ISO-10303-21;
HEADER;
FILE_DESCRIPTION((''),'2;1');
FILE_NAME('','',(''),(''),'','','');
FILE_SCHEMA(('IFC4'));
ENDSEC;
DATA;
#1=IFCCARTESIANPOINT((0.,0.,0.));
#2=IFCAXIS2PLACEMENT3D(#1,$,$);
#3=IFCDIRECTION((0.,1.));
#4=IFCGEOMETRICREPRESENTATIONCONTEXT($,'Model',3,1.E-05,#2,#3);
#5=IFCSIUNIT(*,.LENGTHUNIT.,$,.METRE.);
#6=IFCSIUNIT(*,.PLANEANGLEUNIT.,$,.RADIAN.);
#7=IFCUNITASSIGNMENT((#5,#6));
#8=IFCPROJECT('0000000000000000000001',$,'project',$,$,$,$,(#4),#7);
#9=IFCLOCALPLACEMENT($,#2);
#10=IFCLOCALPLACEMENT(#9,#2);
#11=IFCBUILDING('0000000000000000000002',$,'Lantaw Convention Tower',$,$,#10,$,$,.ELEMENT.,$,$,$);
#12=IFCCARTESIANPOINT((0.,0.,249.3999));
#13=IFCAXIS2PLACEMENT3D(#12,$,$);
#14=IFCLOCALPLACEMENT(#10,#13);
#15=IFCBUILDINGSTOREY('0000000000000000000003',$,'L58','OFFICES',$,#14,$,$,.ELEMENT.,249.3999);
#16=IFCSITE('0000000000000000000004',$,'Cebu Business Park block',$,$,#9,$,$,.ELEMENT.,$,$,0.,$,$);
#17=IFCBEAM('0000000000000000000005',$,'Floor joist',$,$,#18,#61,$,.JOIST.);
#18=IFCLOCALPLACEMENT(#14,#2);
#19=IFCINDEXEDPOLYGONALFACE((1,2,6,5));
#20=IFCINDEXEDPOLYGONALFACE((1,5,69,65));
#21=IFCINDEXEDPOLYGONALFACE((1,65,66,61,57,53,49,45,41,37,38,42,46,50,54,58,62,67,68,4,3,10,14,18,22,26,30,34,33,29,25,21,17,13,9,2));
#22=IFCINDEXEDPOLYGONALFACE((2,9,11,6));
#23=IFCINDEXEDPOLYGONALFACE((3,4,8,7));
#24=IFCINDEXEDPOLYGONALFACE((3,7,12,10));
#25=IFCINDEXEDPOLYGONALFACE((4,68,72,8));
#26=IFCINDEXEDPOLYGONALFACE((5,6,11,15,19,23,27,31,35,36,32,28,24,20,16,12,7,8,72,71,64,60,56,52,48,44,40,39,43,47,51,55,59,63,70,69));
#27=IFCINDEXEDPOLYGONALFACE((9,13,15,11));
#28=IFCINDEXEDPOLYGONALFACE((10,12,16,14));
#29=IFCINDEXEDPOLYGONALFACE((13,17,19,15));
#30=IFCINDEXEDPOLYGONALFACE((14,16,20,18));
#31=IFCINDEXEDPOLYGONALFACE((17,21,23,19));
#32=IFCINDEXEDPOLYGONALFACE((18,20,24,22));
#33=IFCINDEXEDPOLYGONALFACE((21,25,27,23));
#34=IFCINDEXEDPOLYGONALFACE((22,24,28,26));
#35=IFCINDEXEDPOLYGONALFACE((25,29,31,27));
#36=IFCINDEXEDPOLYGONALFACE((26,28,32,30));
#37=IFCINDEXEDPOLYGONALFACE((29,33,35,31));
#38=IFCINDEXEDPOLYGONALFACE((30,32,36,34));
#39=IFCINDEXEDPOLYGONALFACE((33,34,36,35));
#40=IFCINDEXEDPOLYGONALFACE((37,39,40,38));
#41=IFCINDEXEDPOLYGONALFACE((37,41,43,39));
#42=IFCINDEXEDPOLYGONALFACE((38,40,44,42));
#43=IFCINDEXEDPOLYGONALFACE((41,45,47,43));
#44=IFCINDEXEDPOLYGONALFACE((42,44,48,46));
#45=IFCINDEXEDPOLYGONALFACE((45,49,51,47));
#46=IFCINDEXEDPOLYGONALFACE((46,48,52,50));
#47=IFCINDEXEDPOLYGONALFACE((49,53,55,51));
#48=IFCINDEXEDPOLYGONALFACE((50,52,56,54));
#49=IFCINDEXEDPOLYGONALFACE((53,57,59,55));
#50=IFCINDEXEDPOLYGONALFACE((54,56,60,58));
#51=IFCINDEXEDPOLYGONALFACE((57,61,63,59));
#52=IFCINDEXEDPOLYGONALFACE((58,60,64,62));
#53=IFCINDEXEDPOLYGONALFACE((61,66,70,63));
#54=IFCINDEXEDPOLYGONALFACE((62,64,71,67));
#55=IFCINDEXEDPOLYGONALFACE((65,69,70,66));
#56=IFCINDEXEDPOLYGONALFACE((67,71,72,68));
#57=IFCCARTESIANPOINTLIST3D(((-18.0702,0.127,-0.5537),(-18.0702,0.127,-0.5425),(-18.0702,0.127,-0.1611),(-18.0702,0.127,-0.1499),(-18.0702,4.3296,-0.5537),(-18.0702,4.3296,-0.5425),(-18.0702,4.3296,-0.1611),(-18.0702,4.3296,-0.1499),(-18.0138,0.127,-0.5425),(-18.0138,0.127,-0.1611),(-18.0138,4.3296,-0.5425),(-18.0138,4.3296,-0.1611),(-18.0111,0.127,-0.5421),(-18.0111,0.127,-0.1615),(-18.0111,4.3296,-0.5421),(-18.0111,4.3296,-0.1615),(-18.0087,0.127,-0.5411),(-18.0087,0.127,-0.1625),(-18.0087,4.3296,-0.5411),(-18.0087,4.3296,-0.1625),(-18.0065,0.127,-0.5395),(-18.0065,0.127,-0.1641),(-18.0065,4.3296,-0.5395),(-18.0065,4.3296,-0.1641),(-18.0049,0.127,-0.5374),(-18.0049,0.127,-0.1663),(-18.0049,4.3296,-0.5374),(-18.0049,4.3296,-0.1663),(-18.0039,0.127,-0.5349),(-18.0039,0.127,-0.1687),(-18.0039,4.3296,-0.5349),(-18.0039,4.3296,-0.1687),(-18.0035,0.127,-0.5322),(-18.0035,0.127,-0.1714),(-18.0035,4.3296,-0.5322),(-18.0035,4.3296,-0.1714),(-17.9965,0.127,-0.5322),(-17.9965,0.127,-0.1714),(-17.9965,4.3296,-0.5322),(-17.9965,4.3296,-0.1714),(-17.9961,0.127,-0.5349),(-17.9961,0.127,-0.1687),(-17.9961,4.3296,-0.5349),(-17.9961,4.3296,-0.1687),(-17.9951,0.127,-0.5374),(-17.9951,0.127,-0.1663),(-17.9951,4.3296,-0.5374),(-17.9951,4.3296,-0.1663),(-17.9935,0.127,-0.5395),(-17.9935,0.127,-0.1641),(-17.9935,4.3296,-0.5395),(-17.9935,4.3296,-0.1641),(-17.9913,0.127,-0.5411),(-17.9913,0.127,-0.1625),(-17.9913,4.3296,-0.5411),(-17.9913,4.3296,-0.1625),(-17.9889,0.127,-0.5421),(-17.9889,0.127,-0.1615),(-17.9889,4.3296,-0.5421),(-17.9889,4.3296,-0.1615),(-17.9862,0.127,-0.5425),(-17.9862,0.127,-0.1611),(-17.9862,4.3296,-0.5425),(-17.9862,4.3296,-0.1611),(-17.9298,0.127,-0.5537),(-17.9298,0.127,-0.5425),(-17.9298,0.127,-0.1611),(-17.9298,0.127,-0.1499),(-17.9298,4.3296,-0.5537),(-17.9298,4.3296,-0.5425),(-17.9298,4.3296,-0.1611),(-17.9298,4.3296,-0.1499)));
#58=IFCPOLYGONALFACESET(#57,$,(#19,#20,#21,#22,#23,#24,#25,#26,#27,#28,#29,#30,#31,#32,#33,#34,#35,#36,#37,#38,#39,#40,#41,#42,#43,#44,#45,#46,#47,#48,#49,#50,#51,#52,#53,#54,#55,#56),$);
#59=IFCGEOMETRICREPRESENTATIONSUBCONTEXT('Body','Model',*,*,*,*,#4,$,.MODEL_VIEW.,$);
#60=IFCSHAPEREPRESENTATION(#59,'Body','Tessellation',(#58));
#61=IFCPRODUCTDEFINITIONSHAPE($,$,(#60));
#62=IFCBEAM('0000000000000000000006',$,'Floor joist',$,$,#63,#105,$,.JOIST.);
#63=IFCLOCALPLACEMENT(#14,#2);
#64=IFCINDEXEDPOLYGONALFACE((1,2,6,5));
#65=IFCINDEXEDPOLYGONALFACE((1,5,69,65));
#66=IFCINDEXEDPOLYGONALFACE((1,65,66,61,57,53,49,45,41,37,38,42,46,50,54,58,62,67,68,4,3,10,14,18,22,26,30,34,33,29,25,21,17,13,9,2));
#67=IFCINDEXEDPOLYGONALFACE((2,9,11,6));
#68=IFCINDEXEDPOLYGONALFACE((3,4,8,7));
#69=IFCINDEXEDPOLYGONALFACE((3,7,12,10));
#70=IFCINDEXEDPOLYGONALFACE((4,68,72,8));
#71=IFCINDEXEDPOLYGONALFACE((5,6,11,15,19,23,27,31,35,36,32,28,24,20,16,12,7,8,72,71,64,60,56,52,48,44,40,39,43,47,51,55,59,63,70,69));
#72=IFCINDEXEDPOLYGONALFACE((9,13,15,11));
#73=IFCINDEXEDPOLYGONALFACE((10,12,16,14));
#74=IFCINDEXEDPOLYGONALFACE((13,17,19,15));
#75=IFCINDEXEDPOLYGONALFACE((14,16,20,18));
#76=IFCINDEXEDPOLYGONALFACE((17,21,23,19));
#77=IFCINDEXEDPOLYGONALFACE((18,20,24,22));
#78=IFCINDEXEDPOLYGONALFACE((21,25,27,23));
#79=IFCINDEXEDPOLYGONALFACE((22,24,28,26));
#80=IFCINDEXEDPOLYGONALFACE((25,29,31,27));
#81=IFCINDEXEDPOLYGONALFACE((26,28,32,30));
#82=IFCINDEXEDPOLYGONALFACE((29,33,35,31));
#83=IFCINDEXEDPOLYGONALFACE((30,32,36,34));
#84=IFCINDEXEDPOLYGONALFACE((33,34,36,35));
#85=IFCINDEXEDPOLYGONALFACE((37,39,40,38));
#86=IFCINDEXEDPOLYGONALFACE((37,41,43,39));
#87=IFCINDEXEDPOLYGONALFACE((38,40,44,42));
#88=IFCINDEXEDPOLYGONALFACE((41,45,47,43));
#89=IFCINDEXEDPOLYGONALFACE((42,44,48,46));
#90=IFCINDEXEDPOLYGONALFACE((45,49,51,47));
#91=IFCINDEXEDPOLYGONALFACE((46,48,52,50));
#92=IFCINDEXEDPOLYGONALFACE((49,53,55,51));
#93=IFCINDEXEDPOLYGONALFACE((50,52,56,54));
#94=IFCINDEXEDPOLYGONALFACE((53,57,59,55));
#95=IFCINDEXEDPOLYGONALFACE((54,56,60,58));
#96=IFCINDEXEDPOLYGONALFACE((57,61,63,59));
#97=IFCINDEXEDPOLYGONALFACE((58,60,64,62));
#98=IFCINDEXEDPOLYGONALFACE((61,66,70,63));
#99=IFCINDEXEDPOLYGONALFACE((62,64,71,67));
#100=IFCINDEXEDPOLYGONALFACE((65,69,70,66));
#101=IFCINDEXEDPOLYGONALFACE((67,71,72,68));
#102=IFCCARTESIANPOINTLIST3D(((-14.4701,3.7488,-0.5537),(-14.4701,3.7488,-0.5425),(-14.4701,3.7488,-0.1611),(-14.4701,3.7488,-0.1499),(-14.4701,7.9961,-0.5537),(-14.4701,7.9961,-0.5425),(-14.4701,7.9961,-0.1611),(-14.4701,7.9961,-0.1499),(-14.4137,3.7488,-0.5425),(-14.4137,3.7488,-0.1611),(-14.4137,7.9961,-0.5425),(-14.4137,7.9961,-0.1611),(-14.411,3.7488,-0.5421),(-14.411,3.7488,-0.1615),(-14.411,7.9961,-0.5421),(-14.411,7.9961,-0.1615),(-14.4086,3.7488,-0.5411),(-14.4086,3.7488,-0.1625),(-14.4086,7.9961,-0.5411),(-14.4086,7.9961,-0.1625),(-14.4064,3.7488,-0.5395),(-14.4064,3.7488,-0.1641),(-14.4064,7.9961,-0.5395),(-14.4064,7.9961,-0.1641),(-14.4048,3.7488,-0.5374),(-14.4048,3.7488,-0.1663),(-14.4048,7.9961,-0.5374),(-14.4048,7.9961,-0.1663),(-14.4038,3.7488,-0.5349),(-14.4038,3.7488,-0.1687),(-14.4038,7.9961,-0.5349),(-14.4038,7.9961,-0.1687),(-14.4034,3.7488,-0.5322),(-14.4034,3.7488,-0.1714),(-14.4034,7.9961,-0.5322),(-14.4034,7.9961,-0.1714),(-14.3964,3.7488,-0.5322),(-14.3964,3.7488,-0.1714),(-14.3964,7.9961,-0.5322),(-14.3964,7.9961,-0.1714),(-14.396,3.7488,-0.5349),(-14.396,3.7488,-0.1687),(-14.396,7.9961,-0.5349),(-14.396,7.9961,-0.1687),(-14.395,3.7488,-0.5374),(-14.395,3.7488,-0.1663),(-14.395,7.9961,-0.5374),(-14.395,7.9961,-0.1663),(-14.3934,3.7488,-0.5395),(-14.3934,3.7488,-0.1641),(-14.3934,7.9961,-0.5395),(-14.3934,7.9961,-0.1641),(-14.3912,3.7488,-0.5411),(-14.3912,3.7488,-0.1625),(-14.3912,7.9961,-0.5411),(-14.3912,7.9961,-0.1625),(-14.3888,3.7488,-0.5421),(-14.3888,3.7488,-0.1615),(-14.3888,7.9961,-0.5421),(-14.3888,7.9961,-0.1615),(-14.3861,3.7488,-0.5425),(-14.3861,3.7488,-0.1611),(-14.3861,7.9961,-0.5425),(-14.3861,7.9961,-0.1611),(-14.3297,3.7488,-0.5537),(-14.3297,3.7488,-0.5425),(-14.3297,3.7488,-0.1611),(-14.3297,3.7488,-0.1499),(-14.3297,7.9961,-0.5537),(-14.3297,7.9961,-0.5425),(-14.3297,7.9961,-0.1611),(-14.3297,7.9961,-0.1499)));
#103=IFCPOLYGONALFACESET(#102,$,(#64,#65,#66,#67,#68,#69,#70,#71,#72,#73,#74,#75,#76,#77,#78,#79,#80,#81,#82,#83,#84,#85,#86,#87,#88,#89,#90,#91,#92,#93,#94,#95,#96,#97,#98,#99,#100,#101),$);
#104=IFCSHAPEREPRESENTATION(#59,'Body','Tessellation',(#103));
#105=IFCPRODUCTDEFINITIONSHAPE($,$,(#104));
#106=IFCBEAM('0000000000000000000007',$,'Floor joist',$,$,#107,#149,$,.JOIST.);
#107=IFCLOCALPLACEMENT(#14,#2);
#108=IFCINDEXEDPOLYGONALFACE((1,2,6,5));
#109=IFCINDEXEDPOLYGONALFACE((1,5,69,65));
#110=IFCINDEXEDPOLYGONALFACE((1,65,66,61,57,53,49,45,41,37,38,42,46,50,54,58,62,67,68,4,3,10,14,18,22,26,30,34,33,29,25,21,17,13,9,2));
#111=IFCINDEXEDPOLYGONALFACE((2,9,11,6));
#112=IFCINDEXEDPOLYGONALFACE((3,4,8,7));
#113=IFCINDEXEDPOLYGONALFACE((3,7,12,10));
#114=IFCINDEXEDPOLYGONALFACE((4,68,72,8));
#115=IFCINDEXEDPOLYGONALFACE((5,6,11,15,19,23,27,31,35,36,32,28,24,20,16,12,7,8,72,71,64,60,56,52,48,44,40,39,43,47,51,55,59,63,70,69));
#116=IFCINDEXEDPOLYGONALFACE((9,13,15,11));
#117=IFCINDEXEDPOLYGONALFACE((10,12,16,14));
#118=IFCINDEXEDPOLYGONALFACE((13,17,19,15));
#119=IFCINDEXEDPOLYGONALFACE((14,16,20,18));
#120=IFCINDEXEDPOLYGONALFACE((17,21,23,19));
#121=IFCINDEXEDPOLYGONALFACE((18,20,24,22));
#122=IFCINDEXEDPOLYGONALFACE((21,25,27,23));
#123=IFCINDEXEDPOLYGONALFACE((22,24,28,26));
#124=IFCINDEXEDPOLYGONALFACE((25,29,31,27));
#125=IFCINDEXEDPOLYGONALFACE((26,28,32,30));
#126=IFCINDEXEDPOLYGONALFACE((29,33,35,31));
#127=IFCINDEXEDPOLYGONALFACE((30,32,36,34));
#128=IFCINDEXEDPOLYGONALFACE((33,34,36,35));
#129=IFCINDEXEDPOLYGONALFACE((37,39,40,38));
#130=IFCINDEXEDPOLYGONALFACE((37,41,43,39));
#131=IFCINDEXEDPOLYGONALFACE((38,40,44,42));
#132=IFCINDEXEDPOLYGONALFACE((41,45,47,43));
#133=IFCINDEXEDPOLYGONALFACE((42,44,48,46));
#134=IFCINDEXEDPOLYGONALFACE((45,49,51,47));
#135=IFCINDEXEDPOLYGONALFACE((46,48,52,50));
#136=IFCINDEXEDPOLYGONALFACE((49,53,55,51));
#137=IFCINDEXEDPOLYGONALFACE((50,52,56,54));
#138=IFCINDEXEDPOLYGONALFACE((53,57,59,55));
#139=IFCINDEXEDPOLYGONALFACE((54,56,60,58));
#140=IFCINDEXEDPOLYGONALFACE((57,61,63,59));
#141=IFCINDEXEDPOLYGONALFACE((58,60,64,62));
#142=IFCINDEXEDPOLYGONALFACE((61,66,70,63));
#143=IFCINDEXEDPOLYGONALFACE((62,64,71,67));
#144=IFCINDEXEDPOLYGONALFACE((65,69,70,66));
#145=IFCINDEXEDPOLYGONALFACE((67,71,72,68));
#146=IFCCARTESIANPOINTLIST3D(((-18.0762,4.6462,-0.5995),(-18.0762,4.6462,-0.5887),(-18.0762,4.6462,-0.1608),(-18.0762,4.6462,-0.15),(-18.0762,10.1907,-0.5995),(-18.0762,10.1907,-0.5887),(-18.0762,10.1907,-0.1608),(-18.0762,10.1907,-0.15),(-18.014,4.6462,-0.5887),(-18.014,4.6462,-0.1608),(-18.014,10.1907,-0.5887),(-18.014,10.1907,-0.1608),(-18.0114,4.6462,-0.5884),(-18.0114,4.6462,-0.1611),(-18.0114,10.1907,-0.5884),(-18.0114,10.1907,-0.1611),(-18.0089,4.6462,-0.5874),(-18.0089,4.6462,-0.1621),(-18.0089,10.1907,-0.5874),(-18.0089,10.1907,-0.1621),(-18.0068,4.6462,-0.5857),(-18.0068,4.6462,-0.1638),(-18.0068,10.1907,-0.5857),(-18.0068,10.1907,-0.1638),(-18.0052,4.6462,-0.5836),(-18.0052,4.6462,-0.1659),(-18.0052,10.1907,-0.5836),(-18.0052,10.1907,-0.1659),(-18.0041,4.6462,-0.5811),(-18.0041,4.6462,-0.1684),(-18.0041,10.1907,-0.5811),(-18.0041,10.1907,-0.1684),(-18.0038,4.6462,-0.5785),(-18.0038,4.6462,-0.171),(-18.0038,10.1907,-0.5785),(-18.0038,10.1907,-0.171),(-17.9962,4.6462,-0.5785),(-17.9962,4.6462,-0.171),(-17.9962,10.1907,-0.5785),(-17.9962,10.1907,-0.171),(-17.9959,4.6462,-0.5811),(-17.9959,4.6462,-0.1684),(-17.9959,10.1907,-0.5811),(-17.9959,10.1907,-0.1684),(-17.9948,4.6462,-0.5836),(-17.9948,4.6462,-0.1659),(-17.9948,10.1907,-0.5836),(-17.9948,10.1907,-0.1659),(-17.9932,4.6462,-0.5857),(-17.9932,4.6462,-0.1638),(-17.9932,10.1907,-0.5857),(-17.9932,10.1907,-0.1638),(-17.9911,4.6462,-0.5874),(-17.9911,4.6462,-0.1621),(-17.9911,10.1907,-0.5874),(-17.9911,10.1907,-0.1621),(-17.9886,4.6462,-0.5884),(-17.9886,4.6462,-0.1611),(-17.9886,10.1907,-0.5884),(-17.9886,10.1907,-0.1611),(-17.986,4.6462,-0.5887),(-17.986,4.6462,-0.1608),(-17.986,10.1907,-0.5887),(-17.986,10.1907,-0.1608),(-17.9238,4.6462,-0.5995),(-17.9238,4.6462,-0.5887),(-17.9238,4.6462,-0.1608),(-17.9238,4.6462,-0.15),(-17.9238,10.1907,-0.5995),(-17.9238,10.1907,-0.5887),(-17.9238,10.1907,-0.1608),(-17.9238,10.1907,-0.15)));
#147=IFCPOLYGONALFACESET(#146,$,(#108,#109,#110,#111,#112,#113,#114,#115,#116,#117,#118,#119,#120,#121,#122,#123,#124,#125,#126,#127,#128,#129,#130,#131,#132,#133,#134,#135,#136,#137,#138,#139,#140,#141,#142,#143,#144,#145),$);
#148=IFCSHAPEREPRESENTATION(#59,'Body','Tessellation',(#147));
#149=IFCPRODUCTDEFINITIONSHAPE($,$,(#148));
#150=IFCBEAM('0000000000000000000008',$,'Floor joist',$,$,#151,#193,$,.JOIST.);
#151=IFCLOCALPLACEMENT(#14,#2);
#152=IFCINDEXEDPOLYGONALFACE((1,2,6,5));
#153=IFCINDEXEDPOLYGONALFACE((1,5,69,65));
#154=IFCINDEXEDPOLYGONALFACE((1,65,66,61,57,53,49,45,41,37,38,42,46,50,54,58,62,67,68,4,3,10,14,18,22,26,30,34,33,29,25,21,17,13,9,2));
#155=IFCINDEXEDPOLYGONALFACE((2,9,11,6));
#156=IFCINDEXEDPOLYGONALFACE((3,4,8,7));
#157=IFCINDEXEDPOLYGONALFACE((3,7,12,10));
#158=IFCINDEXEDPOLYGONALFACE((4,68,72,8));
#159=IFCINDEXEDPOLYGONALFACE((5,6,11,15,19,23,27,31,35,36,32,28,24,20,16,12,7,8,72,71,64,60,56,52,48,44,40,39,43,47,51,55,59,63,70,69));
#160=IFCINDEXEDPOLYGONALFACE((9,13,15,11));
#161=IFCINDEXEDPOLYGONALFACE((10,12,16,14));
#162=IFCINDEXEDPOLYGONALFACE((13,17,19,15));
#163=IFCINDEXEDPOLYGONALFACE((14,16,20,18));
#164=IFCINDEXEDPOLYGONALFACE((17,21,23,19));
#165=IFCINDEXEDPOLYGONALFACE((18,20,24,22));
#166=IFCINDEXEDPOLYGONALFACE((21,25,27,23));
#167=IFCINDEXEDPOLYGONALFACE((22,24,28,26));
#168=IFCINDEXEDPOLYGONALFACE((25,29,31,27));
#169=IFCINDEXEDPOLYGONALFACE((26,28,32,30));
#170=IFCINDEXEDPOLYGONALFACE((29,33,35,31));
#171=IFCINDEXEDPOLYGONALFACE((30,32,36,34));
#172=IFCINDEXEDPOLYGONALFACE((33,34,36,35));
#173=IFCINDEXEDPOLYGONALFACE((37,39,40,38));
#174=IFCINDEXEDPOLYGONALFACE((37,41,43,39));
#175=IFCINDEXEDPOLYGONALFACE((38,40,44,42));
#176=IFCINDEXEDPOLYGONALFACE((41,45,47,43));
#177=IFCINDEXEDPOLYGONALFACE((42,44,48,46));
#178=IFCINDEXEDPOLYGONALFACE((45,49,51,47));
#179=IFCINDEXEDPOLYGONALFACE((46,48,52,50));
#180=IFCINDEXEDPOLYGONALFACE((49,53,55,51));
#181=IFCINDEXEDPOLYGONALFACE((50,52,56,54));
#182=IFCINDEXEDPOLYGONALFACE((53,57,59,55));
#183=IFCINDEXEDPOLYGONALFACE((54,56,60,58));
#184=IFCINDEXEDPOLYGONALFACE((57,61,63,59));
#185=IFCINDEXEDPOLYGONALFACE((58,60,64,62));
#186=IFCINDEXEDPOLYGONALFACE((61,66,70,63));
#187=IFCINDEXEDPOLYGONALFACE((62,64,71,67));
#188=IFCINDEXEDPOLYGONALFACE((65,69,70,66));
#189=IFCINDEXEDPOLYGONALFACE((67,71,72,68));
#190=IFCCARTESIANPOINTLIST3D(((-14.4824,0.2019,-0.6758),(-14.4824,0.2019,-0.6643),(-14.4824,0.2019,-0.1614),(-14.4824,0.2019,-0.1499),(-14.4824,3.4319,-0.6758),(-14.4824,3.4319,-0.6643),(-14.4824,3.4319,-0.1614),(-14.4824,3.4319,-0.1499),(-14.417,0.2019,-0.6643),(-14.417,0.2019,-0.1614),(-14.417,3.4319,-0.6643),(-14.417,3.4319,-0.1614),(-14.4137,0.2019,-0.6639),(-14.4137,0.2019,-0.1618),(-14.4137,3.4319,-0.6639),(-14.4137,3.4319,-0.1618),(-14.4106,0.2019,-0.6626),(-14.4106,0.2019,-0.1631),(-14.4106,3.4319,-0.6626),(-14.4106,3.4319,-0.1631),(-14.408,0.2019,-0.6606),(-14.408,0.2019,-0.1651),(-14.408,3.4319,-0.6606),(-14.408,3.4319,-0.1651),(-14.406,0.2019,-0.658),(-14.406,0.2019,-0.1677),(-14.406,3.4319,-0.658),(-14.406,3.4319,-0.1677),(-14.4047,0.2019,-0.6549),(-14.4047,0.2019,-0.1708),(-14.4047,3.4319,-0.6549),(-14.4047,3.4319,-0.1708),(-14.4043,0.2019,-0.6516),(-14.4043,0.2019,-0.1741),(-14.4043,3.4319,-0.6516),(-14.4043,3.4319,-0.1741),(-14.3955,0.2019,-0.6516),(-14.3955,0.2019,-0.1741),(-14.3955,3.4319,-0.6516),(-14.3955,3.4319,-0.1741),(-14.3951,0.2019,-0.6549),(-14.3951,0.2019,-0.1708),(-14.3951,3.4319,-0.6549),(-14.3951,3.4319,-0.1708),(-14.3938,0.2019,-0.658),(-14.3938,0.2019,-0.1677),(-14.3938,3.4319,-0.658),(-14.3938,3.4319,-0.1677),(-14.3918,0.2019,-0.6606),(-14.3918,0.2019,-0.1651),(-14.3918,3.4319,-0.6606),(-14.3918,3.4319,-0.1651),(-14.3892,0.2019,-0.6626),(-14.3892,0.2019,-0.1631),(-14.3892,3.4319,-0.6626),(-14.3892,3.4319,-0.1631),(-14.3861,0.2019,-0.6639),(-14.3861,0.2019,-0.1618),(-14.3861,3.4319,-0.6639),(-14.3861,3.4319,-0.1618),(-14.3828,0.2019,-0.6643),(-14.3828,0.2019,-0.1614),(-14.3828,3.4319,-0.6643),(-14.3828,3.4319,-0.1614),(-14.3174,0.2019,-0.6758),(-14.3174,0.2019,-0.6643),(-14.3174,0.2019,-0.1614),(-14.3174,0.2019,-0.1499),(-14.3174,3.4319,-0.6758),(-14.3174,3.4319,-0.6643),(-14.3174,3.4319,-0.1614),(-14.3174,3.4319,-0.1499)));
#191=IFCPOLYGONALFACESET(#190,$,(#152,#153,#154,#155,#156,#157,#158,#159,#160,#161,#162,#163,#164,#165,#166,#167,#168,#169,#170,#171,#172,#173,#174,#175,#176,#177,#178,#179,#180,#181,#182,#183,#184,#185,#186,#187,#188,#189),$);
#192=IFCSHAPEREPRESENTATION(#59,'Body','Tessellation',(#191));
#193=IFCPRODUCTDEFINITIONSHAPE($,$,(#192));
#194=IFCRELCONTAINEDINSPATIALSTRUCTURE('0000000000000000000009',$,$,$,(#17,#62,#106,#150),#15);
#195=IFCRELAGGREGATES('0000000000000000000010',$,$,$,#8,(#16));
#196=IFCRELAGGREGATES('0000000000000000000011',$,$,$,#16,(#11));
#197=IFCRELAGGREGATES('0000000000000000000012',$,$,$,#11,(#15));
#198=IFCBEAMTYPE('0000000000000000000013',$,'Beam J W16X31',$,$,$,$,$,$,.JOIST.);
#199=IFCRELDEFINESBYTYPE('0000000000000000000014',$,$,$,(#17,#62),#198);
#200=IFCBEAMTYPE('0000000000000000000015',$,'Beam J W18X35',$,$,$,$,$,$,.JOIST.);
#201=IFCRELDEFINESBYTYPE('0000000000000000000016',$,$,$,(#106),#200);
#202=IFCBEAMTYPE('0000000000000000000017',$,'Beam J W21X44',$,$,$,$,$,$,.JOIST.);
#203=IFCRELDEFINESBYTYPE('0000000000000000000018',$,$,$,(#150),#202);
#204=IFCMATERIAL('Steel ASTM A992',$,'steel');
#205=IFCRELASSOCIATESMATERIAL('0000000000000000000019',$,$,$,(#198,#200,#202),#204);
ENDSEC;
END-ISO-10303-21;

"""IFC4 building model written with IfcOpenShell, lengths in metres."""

from ifc_helpers import new_model, si_unit, direction, frame, origin, origin_2d, place, context, subcontext, project, spatial, i_section, extrude, material, material_profile, profile_set, type_object, element, save


model = new_model("IFC4")

# Units and contexts
model_context = context("Model", 3, precision=1e-05, world=origin(), true_north=direction((0.0, 1.0)))
body_context = subcontext(model_context, "Body", "Model", "MODEL_VIEW")
ifc_project = project(units=[si_unit("LENGTHUNIT", "METRE"), si_unit("PLANEANGLEUNIT", "RADIAN")], contexts=[model_context])

# Site, building, storey
site_placement = place(None, origin())
site = spatial("IfcSite", under=ifc_project, at=site_placement, Name="Cebu Business Park block", CompositionType="ELEMENT", RefElevation=0.0)
building_placement = place(site_placement, origin())
building = spatial("IfcBuilding", under=site, at=building_placement, Name="Lantaw Convention Tower", CompositionType="ELEMENT")
storey_placement = place(building_placement, frame((0.0, 0.0, 249.3999)))
storey = spatial("IfcBuildingStorey", under=building, at=storey_placement, Name="L58", Description="OFFICES", CompositionType="ELEMENT", Elevation=249.3999)

# Beams
ifc_material_1 = material(Name="Steel ASTM A992", Category="steel")
ifc_material_profile_1 = material_profile(ifc_material_1, i_section(OverallWidth=0.1404, OverallDepth=0.4038, WebThickness=0.0071, FlangeThickness=0.0112, FilletRadius=0.0103, at=origin_2d()), Name="W16X31")
ifc_profile_set_1 = profile_set([ifc_material_profile_1], Name="Steel ASTM A992")
beam_type_1 = type_object("IfcBeamType", Name="Beam J W16X31", PredefinedType="JOIST", material=ifc_profile_set_1)
beam_1_placement = place(storey_placement, frame((-18.0, 0.127, -0.3518), z_axis=(0.0, 1.0, 0.0), x_axis=(-1.0, 0.0, 0.0)))
element("IfcBeam", 1, at=beam_1_placement, inside=storey, type_object=beam_type_1, Name="Floor joist", PredefinedType="JOIST", context=body_context, shape_type="SweptSolid", body=[
    extrude(i_section(OverallWidth=0.1404, OverallDepth=0.4038, WebThickness=0.0071, FlangeThickness=0.0112, FilletRadius=0.0103, at=origin_2d()), origin(), (0.0, 0.0, 1.0), 4.2026),
])
beam_2_placement = place(storey_placement, frame((-14.3999, 3.7488, -0.3518), z_axis=(0.0, 1.0, 0.0), x_axis=(-1.0, 0.0, 0.0)))
element("IfcBeam", 2, at=beam_2_placement, inside=storey, type_object=beam_type_1, Name="Floor joist", PredefinedType="JOIST", context=body_context, shape_type="SweptSolid", body=[
    extrude(i_section(OverallWidth=0.1404, OverallDepth=0.4038, WebThickness=0.0071, FlangeThickness=0.0112, FilletRadius=0.0103, at=origin_2d()), origin(), (0.0, 0.0, 1.0), 4.2473),
])
ifc_material_profile_2 = material_profile(ifc_material_1, i_section(OverallWidth=0.1523, OverallDepth=0.4495, WebThickness=0.0076, FlangeThickness=0.0107, FilletRadius=0.0103, at=origin_2d()), Name="W18X35")
ifc_profile_set_2 = profile_set([ifc_material_profile_2], Name="Steel ASTM A992")
beam_type_2 = type_object("IfcBeamType", Name="Beam J W18X35", PredefinedType="JOIST", material=ifc_profile_set_2)
beam_3_placement = place(storey_placement, frame((-18.0, 4.6462, -0.3748), z_axis=(0.0, 1.0, 0.0), x_axis=(-1.0, 0.0, 0.0)))
element("IfcBeam", 3, at=beam_3_placement, inside=storey, type_object=beam_type_2, Name="Floor joist", PredefinedType="JOIST", context=body_context, shape_type="SweptSolid", body=[
    extrude(i_section(OverallWidth=0.1523, OverallDepth=0.4495, WebThickness=0.0076, FlangeThickness=0.0107, FilletRadius=0.0103, at=origin_2d()), origin(), (0.0, 0.0, 1.0), 5.5444),
])
ifc_material_profile_3 = material_profile(ifc_material_1, i_section(OverallWidth=0.165, OverallDepth=0.5259, WebThickness=0.0088, FlangeThickness=0.0115, FilletRadius=0.0127, at=origin_2d()), Name="W21X44")
ifc_profile_set_3 = profile_set([ifc_material_profile_3], Name="Steel ASTM A992")
beam_type_3 = type_object("IfcBeamType", Name="Beam J W21X44", PredefinedType="JOIST", material=ifc_profile_set_3)
beam_4_placement = place(storey_placement, frame((-14.3999, 0.2019, -0.4128), z_axis=(0.0, 1.0, 0.0), x_axis=(-1.0, 0.0, 0.0)))
element("IfcBeam", 4, at=beam_4_placement, inside=storey, type_object=beam_type_3, Name="Floor joist", PredefinedType="JOIST", context=body_context, shape_type="SweptSolid", body=[
    extrude(i_section(OverallWidth=0.165, OverallDepth=0.5259, WebThickness=0.0088, FlangeThickness=0.0115, FilletRadius=0.0127, at=origin_2d()), origin(), (0.0, 0.0, 1.0), 3.23),
])

save(model, "model.ifc")
